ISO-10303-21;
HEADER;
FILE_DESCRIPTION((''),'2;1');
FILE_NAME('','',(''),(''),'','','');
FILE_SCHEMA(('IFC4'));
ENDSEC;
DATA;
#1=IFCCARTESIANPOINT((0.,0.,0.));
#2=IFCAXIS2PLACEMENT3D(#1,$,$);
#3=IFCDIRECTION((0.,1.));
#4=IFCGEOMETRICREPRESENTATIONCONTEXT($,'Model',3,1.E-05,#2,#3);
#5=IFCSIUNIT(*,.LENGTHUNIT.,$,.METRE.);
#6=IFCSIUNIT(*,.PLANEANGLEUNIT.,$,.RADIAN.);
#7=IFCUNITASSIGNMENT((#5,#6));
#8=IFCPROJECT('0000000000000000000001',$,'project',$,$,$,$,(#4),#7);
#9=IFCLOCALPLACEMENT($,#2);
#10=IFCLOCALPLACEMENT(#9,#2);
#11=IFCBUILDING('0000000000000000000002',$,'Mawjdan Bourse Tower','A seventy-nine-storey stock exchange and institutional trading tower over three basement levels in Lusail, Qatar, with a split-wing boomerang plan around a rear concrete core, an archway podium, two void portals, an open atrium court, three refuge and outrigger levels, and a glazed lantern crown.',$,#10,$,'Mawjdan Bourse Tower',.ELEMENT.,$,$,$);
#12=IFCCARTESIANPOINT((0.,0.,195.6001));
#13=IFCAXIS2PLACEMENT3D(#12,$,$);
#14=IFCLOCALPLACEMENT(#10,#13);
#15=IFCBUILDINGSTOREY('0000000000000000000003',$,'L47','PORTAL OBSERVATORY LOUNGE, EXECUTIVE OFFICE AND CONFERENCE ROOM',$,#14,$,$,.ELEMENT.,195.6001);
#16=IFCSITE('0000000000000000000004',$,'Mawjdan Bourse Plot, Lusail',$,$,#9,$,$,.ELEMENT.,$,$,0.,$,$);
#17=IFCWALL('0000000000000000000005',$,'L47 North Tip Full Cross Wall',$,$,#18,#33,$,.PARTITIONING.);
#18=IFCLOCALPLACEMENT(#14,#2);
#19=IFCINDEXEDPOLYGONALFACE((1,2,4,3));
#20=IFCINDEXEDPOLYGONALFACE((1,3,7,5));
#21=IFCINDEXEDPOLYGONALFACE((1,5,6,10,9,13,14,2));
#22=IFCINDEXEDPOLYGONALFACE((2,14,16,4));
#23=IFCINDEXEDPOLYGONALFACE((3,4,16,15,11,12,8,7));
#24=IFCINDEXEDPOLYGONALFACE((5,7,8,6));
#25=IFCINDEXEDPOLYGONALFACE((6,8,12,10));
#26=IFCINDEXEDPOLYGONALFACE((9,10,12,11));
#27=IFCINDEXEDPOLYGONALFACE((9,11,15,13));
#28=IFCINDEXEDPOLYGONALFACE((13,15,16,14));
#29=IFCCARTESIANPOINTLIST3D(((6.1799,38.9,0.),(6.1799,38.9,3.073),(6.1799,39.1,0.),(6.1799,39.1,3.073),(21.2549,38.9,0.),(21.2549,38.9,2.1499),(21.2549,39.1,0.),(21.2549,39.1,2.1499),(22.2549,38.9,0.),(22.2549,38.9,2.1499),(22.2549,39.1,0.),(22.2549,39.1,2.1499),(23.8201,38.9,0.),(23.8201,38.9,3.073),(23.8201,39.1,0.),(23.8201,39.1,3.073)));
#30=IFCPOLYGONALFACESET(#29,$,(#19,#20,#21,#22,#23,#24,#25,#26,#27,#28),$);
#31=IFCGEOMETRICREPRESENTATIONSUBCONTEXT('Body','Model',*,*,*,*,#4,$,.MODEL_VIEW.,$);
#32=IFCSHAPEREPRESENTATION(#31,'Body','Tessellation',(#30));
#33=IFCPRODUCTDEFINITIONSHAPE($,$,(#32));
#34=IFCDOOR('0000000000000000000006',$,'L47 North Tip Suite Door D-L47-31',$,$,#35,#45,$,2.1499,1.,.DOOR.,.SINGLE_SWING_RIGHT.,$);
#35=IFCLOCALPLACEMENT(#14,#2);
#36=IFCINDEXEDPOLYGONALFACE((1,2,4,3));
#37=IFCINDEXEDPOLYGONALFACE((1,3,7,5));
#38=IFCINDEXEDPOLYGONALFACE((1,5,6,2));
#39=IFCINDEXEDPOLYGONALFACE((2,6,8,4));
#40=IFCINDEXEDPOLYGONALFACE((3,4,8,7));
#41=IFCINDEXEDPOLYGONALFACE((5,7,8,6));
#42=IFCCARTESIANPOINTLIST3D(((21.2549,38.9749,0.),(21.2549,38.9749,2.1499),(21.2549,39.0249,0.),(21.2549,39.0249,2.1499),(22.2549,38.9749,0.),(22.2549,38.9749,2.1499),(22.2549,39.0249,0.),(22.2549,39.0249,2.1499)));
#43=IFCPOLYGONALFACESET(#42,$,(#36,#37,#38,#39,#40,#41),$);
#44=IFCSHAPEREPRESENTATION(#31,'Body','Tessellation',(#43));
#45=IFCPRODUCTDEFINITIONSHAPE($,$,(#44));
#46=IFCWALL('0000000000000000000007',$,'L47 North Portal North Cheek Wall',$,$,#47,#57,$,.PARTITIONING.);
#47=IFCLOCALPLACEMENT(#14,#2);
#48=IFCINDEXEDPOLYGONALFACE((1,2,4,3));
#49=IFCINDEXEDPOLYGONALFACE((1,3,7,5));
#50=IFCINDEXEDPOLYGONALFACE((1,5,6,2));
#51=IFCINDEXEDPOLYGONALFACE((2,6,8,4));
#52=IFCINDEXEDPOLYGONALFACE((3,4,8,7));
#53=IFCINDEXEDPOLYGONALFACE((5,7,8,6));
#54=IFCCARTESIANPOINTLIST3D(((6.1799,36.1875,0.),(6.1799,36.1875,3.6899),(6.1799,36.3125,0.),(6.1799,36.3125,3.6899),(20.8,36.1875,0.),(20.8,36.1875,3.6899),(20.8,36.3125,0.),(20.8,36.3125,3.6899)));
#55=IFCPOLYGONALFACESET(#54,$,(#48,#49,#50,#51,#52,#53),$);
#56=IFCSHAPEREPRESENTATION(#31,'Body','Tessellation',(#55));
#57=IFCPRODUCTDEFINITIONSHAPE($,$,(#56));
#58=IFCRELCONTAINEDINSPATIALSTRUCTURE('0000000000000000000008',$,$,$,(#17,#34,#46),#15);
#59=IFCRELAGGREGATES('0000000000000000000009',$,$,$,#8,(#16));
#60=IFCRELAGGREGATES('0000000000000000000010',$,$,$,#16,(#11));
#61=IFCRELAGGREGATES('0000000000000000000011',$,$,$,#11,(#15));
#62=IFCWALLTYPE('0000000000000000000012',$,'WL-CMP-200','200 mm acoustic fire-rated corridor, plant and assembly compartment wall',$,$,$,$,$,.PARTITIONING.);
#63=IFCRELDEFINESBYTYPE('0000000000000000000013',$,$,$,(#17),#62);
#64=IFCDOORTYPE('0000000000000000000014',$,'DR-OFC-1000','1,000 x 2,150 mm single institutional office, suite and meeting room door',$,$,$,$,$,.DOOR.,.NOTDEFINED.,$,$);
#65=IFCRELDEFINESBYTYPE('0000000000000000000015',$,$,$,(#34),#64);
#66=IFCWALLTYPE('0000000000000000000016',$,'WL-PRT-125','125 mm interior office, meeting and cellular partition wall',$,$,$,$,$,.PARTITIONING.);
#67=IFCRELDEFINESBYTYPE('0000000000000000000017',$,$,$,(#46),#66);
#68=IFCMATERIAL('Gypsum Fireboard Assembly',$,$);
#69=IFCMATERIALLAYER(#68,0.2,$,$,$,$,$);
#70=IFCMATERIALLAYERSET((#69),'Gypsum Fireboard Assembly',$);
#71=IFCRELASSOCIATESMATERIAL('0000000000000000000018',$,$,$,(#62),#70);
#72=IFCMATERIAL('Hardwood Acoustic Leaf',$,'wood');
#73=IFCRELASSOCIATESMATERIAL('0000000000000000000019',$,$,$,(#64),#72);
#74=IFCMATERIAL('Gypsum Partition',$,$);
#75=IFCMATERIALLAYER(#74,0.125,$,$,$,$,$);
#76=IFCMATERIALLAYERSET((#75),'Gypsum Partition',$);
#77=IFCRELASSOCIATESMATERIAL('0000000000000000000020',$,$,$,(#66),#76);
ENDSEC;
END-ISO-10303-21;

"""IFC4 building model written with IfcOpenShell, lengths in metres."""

from ifc_helpers import new_model, si_unit, direction, frame, frame_2d, origin, place, context, subcontext, project, spatial, rectangle, extrude, material, layer, layer_set, type_object, element, fill, save


model = new_model("IFC4")

# Units and contexts
model_context = context("Model", 3, precision=1e-05, world=origin(), true_north=direction((0.0, 1.0)))
body_context = subcontext(model_context, "Body", "Model", "MODEL_VIEW")
ifc_project = project(units=[si_unit("LENGTHUNIT", "METRE"), si_unit("PLANEANGLEUNIT", "RADIAN")], contexts=[model_context])

# Site, building, storey
site_placement = place(None, origin())
site = spatial("IfcSite", under=ifc_project, at=site_placement, Name="Mawjdan Bourse Plot, Lusail", CompositionType="ELEMENT", RefElevation=0.0)
building_placement = place(site_placement, origin())
building = spatial("IfcBuilding", under=site, at=building_placement, Name="Mawjdan Bourse Tower", Description="A seventy-nine-storey stock exchange and institutional trading tower over three basement levels in Lusail, Qatar, with a split-wing boomerang plan around a rear concrete core, an archway podium, two void portals, an open atrium court, three refuge and outrigger levels, and a glazed lantern crown.", LongName="Mawjdan Bourse Tower", CompositionType="ELEMENT")
storey_placement = place(building_placement, frame((0.0, 0.0, 195.6001)))
storey = spatial("IfcBuildingStorey", under=building, at=storey_placement, Name="L47", Description="PORTAL OBSERVATORY LOUNGE, EXECUTIVE OFFICE AND CONFERENCE ROOM", CompositionType="ELEMENT", Elevation=195.6001)

# Wall, opening, door
ifc_material_1 = material(Name="Gypsum Fireboard Assembly")
ifc_layer_1 = layer(ifc_material_1, 0.2)
ifc_layer_set_1 = layer_set([ifc_layer_1], Name="Gypsum Fireboard Assembly")
wall_type_1 = type_object("IfcWallType", Name="WL-CMP-200", Description="200 mm acoustic fire-rated corridor, plant and assembly compartment wall", PredefinedType="PARTITIONING", material=ifc_layer_set_1)
wall_1_placement = place(storey_placement, frame((6.1799, 39.0, 0.0), z_axis=(0.0, 0.0, 1.0), x_axis=(1.0, 0.0, 0.0)))
wall_1 = element("IfcWall", 1, at=wall_1_placement, inside=storey, type_object=wall_type_1, Name="L47 North Tip Full Cross Wall", PredefinedType="PARTITIONING", context=body_context, shape_type="SweptSolid", body=[
    extrude(rectangle(XDim=17.6401, YDim=0.2, at=frame_2d((8.8201, 0.0))), origin(), (0.0, 0.0, 1.0), 3.073),
])
opening_placement = place(wall_1_placement, frame((15.075, 0.0, 0.0)))
opening = element("IfcOpeningElement", 2, at=opening_placement, cuts=wall_1, PredefinedType="OPENING", context=body_context, shape_type="SweptSolid", body=[
    extrude(rectangle(XDim=1.0, YDim=2.1499, at=frame_2d((0.5, 1.075))), frame((0.0, 0.1099, 0.0), z_axis=(0.0, -1.0, 0.0), x_axis=(1.0, 0.0, 0.0)), (0.0, 0.0, 1.0), 0.22),
])
ifc_material_2 = material(Name="Hardwood Acoustic Leaf", Category="wood")
door_type = type_object("IfcDoorType", Name="DR-OFC-1000", Description="1,000 x 2,150 mm single institutional office, suite and meeting room door", OperationType="NOTDEFINED", PredefinedType="DOOR", material=ifc_material_2)
door_placement = place(opening_placement, origin())
door = element("IfcDoor", 3, at=door_placement, inside=storey, type_object=door_type, Name="L47 North Tip Suite Door D-L47-31", OperationType="SINGLE_SWING_RIGHT", OverallHeight=2.1499, OverallWidth=1.0, PredefinedType="DOOR", context=body_context, shape_type="SweptSolid", body=[
    extrude(rectangle(XDim=1.0, YDim=2.1499, at=frame_2d((0.5, 1.075))), frame((0.0, 0.0249, 0.0), z_axis=(0.0, -1.0, 0.0), x_axis=(1.0, 0.0, 0.0)), (0.0, 0.0, 1.0), 0.05),
])
fill(opening, door)

# Wall
ifc_material_3 = material(Name="Gypsum Partition")
ifc_layer_2 = layer(ifc_material_3, 0.125)
ifc_layer_set_2 = layer_set([ifc_layer_2], Name="Gypsum Partition")
wall_type_2 = type_object("IfcWallType", Name="WL-PRT-125", Description="125 mm interior office, meeting and cellular partition wall", PredefinedType="PARTITIONING", material=ifc_layer_set_2)
wall_2_placement = place(storey_placement, frame((6.1799, 36.25, 0.0), z_axis=(0.0, 0.0, 1.0), x_axis=(1.0, 0.0, 0.0)))
element("IfcWall", 4, at=wall_2_placement, inside=storey, type_object=wall_type_2, Name="L47 North Portal North Cheek Wall", PredefinedType="PARTITIONING", context=body_context, shape_type="SweptSolid", body=[
    extrude(rectangle(XDim=14.6201, YDim=0.125, at=frame_2d((7.3101, 0.0))), origin(), (0.0, 0.0, 1.0), 3.6899),
])

save(model, "model.ifc")
